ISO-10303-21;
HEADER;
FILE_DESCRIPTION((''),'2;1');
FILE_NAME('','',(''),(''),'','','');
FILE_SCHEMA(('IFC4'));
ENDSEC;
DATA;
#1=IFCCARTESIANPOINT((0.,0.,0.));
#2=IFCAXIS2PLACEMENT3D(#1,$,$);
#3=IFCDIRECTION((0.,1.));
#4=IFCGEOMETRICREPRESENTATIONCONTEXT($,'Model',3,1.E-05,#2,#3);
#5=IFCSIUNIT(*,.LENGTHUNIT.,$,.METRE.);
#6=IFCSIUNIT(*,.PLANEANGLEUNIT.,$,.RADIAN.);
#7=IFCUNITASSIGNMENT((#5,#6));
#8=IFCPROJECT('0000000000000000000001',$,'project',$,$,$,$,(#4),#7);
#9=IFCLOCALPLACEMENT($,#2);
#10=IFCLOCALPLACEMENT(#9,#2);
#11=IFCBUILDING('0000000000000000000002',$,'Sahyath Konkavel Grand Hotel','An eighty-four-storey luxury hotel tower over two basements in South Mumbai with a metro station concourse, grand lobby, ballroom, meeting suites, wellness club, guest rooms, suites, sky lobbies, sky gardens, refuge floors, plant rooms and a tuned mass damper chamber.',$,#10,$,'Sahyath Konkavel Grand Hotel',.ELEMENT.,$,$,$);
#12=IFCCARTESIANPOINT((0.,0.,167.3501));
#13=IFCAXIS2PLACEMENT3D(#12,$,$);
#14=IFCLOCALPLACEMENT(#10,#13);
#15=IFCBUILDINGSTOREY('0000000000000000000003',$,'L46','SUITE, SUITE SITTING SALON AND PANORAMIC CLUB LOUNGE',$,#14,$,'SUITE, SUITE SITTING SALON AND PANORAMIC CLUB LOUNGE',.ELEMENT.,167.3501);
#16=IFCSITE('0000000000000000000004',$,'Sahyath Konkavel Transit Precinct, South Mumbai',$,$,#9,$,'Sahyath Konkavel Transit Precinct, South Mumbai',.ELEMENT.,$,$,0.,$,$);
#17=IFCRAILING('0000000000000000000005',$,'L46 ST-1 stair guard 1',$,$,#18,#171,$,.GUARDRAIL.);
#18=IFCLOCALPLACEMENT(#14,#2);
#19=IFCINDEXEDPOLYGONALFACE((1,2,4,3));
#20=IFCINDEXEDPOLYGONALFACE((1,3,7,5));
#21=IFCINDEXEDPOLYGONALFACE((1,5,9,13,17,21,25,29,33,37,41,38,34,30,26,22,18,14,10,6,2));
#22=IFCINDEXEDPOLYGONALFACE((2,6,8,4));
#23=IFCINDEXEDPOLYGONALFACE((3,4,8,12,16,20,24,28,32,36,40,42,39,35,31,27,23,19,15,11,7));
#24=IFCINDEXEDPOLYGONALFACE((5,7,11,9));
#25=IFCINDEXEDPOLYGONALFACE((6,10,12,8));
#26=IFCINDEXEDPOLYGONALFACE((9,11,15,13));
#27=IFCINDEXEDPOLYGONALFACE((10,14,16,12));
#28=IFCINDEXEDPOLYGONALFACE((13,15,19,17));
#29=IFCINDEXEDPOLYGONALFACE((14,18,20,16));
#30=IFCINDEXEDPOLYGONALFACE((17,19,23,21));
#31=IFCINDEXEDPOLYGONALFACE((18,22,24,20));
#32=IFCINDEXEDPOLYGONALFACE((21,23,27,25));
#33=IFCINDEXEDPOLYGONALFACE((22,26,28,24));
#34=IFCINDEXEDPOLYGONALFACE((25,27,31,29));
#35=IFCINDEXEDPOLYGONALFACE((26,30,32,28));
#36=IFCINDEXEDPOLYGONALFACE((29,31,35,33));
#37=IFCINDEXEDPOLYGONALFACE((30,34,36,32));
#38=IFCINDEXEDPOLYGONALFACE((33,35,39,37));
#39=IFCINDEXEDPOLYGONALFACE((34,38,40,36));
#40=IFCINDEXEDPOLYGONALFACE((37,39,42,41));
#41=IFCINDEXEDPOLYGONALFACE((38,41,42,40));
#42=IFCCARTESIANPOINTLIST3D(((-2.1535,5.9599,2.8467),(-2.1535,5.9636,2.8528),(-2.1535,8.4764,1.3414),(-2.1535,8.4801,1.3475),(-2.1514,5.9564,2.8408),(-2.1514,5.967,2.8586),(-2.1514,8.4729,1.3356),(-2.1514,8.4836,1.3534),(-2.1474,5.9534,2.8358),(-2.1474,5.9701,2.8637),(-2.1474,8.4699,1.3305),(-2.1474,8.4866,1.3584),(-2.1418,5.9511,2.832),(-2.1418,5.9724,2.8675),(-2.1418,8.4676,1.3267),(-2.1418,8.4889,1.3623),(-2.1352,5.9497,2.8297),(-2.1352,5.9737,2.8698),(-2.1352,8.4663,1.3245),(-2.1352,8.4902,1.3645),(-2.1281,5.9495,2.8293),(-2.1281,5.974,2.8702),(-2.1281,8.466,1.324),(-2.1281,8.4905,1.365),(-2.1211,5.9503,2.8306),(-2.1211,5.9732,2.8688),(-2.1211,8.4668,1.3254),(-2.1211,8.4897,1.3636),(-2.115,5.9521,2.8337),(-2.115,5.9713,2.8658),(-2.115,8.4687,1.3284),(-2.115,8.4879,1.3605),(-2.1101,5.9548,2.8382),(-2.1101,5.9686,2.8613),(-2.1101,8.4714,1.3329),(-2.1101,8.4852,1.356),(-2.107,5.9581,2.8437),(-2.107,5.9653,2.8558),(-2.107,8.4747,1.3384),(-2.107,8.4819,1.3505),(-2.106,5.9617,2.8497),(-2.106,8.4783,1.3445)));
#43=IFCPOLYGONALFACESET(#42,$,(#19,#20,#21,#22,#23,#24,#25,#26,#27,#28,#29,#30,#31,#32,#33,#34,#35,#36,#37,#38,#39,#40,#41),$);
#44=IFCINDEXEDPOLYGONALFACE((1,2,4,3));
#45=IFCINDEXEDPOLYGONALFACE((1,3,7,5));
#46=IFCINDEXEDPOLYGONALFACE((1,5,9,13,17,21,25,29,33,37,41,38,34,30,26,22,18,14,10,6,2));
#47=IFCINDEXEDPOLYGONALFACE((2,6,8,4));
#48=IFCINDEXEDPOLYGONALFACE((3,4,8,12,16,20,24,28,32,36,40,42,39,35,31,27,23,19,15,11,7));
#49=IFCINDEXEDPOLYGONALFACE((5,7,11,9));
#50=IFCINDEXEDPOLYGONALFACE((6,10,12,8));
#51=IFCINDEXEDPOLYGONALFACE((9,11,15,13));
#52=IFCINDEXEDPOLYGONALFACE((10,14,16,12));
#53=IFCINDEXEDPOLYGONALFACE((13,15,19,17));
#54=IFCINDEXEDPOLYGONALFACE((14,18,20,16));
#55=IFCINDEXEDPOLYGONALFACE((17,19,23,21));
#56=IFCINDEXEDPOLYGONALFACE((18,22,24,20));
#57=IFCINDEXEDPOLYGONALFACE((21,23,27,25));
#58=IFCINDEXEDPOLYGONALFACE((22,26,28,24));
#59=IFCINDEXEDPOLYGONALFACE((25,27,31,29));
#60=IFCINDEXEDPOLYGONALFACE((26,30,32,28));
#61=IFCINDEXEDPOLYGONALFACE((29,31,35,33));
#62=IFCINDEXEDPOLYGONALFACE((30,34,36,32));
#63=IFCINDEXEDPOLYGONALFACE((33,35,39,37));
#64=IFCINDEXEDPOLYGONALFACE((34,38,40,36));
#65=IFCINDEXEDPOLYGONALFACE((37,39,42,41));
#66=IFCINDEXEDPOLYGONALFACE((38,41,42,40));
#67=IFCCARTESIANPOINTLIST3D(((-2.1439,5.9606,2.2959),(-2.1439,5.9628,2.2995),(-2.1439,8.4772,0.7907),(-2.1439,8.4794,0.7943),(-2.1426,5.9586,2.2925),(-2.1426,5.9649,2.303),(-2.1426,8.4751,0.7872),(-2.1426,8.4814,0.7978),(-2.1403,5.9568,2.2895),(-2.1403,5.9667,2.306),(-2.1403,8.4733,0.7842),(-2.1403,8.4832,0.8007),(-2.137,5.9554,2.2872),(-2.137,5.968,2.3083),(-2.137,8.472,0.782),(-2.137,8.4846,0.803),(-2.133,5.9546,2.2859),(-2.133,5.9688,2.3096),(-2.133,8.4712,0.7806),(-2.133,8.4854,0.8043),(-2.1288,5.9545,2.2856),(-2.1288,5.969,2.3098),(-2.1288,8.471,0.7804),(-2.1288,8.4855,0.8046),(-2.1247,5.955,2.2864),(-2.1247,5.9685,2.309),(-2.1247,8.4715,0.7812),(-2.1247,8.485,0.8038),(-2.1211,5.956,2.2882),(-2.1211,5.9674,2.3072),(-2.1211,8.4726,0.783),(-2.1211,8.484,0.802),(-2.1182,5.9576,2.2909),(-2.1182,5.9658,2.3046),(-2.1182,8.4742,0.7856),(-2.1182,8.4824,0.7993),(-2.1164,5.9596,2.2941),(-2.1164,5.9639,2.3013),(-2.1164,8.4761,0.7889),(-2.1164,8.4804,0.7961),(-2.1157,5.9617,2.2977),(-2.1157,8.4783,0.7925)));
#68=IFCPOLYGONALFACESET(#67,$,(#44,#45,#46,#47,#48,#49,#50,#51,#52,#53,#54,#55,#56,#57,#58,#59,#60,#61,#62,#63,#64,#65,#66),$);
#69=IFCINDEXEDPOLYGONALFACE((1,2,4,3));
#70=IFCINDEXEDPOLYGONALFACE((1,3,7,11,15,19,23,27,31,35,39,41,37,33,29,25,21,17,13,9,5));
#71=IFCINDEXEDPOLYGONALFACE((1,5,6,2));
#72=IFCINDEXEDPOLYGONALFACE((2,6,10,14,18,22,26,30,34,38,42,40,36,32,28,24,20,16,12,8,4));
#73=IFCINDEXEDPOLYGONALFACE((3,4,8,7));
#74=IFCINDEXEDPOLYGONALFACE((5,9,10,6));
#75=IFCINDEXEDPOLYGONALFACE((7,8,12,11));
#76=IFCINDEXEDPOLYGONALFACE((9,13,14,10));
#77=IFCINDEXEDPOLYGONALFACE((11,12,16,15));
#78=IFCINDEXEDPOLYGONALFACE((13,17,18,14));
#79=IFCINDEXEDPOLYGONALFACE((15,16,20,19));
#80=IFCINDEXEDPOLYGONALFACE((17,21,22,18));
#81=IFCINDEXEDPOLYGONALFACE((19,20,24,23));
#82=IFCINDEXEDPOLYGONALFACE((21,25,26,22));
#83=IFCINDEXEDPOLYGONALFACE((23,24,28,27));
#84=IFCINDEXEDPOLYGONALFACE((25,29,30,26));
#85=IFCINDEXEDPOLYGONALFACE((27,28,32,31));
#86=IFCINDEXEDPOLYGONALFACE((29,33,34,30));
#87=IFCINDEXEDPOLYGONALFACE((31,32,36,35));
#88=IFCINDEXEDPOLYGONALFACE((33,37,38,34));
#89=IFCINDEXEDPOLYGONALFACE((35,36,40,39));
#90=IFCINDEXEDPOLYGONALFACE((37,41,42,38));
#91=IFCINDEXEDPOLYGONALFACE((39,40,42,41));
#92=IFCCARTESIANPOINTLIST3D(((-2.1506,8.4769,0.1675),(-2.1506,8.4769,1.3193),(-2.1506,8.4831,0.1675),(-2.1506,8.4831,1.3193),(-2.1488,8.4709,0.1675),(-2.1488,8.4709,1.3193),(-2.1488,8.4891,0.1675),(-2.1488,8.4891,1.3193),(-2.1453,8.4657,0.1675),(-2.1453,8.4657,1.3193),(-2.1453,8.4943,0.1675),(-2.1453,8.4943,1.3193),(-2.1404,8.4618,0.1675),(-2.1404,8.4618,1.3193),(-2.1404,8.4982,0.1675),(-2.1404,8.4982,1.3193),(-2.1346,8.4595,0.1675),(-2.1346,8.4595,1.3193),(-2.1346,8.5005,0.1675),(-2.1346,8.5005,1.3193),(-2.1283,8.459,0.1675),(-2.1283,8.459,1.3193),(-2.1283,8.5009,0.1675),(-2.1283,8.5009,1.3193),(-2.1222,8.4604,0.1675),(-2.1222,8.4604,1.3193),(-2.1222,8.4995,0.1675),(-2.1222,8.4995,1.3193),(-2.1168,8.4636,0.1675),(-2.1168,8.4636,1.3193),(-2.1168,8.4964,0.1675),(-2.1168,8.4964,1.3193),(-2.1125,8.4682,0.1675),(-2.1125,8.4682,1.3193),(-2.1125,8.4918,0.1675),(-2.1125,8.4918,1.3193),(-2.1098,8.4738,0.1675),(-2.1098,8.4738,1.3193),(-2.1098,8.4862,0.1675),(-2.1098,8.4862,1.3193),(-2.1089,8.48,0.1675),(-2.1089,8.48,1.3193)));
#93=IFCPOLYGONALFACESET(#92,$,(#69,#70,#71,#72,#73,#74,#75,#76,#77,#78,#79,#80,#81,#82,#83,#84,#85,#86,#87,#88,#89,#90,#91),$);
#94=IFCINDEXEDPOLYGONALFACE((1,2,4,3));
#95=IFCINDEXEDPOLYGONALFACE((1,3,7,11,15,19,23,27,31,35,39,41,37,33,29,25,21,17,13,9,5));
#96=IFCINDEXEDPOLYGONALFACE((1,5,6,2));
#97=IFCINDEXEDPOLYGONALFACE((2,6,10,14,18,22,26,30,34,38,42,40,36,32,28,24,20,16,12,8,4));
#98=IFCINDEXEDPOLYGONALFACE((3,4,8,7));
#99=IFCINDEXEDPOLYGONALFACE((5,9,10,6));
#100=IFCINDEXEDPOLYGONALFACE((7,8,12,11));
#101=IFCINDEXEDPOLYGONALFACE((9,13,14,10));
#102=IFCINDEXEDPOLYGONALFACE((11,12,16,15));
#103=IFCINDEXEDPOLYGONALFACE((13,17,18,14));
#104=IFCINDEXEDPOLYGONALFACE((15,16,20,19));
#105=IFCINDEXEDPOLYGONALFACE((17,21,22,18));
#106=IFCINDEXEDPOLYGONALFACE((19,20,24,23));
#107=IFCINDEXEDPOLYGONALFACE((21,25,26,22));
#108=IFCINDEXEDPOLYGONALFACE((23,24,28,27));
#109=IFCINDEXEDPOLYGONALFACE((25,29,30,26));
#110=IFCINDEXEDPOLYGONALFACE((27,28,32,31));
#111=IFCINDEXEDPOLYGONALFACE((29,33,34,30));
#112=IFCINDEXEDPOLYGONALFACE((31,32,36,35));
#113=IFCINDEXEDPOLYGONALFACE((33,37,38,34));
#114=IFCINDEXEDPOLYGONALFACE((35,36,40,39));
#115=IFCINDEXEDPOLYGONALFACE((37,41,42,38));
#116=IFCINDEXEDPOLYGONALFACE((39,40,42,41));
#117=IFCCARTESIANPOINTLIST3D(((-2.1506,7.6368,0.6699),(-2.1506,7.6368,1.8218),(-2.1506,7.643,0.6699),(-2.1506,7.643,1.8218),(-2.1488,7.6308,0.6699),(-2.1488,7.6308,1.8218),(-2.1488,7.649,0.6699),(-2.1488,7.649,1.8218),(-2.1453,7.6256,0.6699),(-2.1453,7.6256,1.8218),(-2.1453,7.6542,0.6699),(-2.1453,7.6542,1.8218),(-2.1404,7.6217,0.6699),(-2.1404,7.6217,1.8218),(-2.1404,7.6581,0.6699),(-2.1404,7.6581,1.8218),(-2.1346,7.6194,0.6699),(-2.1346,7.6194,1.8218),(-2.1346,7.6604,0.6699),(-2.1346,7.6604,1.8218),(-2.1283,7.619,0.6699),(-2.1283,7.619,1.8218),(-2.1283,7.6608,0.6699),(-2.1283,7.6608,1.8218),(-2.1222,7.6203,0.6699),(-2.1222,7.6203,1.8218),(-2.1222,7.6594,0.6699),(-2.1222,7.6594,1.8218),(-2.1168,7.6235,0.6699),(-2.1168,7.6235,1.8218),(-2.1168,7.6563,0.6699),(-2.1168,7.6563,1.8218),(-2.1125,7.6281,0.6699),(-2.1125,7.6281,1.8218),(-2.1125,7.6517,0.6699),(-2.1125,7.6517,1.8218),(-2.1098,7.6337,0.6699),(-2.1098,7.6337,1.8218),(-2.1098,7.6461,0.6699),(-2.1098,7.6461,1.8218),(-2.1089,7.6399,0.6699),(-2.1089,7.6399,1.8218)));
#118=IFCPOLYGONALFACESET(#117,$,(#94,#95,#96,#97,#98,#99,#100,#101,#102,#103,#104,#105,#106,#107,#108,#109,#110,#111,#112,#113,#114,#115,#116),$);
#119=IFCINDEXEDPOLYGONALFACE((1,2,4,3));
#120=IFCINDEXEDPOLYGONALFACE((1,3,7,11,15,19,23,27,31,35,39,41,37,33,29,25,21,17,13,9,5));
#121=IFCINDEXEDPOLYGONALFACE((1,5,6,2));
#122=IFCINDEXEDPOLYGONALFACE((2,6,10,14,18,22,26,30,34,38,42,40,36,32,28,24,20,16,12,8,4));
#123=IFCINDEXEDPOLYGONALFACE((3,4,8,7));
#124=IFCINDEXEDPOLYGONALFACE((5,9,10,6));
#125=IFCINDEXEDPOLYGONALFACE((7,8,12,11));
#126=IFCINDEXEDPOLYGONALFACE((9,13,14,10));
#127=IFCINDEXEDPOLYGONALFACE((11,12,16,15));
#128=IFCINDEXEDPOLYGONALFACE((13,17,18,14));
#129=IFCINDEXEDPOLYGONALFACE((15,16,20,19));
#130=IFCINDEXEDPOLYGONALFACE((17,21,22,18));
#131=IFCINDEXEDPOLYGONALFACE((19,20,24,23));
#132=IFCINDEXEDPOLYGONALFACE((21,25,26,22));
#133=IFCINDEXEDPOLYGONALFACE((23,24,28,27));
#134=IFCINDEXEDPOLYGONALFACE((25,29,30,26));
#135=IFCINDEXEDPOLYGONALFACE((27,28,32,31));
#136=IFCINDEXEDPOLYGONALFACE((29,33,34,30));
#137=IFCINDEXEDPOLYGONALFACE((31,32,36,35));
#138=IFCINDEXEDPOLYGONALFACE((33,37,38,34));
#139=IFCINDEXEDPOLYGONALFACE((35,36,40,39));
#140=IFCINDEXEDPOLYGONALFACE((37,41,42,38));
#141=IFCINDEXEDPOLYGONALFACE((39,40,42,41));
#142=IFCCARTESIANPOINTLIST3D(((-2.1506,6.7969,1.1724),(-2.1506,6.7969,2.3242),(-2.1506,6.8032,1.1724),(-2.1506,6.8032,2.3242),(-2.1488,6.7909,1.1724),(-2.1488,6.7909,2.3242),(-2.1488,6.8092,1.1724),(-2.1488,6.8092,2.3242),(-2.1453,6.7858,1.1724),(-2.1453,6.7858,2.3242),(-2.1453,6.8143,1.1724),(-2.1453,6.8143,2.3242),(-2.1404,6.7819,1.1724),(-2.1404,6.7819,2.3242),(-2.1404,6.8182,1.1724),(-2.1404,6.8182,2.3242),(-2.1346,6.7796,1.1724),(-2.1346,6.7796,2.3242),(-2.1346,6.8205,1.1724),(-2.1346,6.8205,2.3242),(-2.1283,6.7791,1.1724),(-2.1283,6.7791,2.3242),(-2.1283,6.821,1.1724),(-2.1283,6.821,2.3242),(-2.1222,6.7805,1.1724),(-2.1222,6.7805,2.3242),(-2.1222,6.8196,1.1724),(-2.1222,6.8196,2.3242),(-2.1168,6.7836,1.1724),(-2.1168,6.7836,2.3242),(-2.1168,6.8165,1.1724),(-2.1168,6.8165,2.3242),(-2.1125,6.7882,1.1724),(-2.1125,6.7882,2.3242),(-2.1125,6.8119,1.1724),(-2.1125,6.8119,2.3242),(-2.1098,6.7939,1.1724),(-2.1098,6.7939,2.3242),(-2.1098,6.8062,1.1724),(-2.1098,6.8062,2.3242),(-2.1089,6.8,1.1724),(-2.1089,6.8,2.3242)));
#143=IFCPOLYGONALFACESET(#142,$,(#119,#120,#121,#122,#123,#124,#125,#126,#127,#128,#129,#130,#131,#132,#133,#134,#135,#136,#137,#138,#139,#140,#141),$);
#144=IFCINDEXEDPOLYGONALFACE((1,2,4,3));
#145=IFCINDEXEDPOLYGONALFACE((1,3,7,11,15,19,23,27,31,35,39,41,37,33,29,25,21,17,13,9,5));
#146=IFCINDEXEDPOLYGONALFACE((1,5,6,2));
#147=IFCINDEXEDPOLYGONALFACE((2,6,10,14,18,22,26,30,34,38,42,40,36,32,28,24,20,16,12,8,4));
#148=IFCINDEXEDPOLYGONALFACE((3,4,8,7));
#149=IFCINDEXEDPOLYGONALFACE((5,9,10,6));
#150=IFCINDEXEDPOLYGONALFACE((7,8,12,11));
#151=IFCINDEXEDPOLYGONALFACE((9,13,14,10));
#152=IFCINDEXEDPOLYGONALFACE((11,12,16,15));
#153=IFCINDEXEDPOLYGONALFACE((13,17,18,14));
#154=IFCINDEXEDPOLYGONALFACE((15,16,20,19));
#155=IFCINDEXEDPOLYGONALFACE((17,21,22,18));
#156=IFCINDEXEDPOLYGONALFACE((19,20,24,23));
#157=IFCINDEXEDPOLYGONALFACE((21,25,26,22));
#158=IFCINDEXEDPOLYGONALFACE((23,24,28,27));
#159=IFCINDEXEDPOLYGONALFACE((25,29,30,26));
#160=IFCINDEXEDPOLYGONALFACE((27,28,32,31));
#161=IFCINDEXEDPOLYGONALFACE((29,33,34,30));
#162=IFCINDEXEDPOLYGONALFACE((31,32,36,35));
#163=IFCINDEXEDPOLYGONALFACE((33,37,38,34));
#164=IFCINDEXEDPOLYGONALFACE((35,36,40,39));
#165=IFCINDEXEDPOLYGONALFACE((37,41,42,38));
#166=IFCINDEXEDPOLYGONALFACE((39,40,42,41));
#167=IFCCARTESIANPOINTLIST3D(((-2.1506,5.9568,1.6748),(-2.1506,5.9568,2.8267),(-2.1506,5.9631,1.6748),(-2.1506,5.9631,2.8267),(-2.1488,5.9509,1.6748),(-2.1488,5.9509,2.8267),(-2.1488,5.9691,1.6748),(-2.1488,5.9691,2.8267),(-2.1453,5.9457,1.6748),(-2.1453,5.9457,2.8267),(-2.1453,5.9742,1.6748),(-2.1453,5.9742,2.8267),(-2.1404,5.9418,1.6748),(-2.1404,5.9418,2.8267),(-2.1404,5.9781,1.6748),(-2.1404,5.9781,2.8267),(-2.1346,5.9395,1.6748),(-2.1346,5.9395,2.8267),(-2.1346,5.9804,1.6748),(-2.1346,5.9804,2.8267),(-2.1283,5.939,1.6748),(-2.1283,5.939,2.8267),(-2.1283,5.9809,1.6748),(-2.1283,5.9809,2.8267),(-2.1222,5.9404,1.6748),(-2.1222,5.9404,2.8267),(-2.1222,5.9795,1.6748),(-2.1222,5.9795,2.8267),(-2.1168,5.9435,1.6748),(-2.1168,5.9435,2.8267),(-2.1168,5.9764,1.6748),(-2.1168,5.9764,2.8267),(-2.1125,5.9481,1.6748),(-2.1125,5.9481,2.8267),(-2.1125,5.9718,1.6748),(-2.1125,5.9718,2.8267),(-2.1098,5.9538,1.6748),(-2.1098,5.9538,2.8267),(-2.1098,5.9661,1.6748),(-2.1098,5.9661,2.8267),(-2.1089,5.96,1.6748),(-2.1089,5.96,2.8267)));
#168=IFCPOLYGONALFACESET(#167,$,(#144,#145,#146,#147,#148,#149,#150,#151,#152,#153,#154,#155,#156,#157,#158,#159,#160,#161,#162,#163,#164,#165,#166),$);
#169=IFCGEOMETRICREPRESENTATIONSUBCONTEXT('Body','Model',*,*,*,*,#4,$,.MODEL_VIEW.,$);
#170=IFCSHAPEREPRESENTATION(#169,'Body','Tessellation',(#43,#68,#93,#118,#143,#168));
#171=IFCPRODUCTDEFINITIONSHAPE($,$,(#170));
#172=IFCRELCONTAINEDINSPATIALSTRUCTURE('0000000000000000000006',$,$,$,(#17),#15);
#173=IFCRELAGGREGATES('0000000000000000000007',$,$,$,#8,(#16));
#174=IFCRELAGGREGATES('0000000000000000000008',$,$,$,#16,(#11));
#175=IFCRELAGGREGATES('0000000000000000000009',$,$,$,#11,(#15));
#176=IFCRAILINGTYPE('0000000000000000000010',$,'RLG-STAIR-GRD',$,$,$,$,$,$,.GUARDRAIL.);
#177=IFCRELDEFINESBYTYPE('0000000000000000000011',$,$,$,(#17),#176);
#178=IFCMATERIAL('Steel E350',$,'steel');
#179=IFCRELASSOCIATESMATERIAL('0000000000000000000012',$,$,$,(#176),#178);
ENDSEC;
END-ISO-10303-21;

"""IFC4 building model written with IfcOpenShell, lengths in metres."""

from ifc_helpers import new_model, si_unit, direction, frame, origin, origin_2d, place, context, subcontext, project, spatial, circle, extrude, material, type_object, element, save


model = new_model("IFC4")

# Units and contexts
model_context = context("Model", 3, precision=1e-05, world=origin(), true_north=direction((0.0, 1.0)))
body_context = subcontext(model_context, "Body", "Model", "MODEL_VIEW")
ifc_project = project(units=[si_unit("LENGTHUNIT", "METRE"), si_unit("PLANEANGLEUNIT", "RADIAN")], contexts=[model_context])

# Site, building, storey
site_placement = place(None, origin())
site = spatial("IfcSite", under=ifc_project, at=site_placement, Name="Sahyath Konkavel Transit Precinct, South Mumbai", LongName="Sahyath Konkavel Transit Precinct, South Mumbai", CompositionType="ELEMENT", RefElevation=0.0)
building_placement = place(site_placement, origin())
building = spatial("IfcBuilding", under=site, at=building_placement, Name="Sahyath Konkavel Grand Hotel", Description="An eighty-four-storey luxury hotel tower over two basements in South Mumbai with a metro station concourse, grand lobby, ballroom, meeting suites, wellness club, guest rooms, suites, sky lobbies, sky gardens, refuge floors, plant rooms and a tuned mass damper chamber.", LongName="Sahyath Konkavel Grand Hotel", CompositionType="ELEMENT")
storey_placement = place(building_placement, frame((0.0, 0.0, 167.3501)))
storey = spatial("IfcBuildingStorey", under=building, at=storey_placement, Name="L46", Description="SUITE, SUITE SITTING SALON AND PANORAMIC CLUB LOUNGE", LongName="SUITE, SUITE SITTING SALON AND PANORAMIC CLUB LOUNGE", CompositionType="ELEMENT", Elevation=167.3501)

# Shared definitions
ifc_material_1 = material(Name="Steel E350", Category="steel")

# Railing
railing_type_1 = type_object("IfcRailingType", Name="RLG-STAIR-GRD", PredefinedType="GUARDRAIL", material=ifc_material_1)
railing_1_placement = place(storey_placement, frame((-2.1299, 8.48, 0.1675)))
element("IfcRailing", 1, at=railing_1_placement, inside=storey, type_object=railing_type_1, Name="L46 ST-1 stair guard 1", PredefinedType="GUARDRAIL", context=body_context, shape_type="SweptSolid", body=[
    extrude(circle(Radius=0.0239, at=origin_2d()), frame((0.0, -0.0017, 1.177), z_axis=(0.0, -0.858196, 0.513321), x_axis=(1.0, 0.0, 0.0)), (0.0, 0.0, 1.0), 2.9324),
    extrude(circle(Radius=0.0142, at=origin_2d()), frame((0.0, -0.0017, 0.625), z_axis=(0.0, -0.858196, 0.513321), x_axis=(1.0, 0.0, 0.0)), (0.0, 0.0, 1.0), 2.9324),
    extrude(circle(Radius=0.021, at=origin_2d()), origin(), (0.0, 0.0, 1.0), 1.1519),
    extrude(circle(Radius=0.021, at=origin_2d()), frame((0.0, -0.8401, 0.5024)), (0.0, 0.0, 1.0), 1.1519),
    extrude(circle(Radius=0.021, at=origin_2d()), frame((0.0, -1.6799, 1.0049)), (0.0, 0.0, 1.0), 1.1519),
    extrude(circle(Radius=0.021, at=origin_2d()), frame((0.0, -2.52, 1.5073)), (0.0, 0.0, 1.0), 1.1519),
])

save(model, "model.ifc")
